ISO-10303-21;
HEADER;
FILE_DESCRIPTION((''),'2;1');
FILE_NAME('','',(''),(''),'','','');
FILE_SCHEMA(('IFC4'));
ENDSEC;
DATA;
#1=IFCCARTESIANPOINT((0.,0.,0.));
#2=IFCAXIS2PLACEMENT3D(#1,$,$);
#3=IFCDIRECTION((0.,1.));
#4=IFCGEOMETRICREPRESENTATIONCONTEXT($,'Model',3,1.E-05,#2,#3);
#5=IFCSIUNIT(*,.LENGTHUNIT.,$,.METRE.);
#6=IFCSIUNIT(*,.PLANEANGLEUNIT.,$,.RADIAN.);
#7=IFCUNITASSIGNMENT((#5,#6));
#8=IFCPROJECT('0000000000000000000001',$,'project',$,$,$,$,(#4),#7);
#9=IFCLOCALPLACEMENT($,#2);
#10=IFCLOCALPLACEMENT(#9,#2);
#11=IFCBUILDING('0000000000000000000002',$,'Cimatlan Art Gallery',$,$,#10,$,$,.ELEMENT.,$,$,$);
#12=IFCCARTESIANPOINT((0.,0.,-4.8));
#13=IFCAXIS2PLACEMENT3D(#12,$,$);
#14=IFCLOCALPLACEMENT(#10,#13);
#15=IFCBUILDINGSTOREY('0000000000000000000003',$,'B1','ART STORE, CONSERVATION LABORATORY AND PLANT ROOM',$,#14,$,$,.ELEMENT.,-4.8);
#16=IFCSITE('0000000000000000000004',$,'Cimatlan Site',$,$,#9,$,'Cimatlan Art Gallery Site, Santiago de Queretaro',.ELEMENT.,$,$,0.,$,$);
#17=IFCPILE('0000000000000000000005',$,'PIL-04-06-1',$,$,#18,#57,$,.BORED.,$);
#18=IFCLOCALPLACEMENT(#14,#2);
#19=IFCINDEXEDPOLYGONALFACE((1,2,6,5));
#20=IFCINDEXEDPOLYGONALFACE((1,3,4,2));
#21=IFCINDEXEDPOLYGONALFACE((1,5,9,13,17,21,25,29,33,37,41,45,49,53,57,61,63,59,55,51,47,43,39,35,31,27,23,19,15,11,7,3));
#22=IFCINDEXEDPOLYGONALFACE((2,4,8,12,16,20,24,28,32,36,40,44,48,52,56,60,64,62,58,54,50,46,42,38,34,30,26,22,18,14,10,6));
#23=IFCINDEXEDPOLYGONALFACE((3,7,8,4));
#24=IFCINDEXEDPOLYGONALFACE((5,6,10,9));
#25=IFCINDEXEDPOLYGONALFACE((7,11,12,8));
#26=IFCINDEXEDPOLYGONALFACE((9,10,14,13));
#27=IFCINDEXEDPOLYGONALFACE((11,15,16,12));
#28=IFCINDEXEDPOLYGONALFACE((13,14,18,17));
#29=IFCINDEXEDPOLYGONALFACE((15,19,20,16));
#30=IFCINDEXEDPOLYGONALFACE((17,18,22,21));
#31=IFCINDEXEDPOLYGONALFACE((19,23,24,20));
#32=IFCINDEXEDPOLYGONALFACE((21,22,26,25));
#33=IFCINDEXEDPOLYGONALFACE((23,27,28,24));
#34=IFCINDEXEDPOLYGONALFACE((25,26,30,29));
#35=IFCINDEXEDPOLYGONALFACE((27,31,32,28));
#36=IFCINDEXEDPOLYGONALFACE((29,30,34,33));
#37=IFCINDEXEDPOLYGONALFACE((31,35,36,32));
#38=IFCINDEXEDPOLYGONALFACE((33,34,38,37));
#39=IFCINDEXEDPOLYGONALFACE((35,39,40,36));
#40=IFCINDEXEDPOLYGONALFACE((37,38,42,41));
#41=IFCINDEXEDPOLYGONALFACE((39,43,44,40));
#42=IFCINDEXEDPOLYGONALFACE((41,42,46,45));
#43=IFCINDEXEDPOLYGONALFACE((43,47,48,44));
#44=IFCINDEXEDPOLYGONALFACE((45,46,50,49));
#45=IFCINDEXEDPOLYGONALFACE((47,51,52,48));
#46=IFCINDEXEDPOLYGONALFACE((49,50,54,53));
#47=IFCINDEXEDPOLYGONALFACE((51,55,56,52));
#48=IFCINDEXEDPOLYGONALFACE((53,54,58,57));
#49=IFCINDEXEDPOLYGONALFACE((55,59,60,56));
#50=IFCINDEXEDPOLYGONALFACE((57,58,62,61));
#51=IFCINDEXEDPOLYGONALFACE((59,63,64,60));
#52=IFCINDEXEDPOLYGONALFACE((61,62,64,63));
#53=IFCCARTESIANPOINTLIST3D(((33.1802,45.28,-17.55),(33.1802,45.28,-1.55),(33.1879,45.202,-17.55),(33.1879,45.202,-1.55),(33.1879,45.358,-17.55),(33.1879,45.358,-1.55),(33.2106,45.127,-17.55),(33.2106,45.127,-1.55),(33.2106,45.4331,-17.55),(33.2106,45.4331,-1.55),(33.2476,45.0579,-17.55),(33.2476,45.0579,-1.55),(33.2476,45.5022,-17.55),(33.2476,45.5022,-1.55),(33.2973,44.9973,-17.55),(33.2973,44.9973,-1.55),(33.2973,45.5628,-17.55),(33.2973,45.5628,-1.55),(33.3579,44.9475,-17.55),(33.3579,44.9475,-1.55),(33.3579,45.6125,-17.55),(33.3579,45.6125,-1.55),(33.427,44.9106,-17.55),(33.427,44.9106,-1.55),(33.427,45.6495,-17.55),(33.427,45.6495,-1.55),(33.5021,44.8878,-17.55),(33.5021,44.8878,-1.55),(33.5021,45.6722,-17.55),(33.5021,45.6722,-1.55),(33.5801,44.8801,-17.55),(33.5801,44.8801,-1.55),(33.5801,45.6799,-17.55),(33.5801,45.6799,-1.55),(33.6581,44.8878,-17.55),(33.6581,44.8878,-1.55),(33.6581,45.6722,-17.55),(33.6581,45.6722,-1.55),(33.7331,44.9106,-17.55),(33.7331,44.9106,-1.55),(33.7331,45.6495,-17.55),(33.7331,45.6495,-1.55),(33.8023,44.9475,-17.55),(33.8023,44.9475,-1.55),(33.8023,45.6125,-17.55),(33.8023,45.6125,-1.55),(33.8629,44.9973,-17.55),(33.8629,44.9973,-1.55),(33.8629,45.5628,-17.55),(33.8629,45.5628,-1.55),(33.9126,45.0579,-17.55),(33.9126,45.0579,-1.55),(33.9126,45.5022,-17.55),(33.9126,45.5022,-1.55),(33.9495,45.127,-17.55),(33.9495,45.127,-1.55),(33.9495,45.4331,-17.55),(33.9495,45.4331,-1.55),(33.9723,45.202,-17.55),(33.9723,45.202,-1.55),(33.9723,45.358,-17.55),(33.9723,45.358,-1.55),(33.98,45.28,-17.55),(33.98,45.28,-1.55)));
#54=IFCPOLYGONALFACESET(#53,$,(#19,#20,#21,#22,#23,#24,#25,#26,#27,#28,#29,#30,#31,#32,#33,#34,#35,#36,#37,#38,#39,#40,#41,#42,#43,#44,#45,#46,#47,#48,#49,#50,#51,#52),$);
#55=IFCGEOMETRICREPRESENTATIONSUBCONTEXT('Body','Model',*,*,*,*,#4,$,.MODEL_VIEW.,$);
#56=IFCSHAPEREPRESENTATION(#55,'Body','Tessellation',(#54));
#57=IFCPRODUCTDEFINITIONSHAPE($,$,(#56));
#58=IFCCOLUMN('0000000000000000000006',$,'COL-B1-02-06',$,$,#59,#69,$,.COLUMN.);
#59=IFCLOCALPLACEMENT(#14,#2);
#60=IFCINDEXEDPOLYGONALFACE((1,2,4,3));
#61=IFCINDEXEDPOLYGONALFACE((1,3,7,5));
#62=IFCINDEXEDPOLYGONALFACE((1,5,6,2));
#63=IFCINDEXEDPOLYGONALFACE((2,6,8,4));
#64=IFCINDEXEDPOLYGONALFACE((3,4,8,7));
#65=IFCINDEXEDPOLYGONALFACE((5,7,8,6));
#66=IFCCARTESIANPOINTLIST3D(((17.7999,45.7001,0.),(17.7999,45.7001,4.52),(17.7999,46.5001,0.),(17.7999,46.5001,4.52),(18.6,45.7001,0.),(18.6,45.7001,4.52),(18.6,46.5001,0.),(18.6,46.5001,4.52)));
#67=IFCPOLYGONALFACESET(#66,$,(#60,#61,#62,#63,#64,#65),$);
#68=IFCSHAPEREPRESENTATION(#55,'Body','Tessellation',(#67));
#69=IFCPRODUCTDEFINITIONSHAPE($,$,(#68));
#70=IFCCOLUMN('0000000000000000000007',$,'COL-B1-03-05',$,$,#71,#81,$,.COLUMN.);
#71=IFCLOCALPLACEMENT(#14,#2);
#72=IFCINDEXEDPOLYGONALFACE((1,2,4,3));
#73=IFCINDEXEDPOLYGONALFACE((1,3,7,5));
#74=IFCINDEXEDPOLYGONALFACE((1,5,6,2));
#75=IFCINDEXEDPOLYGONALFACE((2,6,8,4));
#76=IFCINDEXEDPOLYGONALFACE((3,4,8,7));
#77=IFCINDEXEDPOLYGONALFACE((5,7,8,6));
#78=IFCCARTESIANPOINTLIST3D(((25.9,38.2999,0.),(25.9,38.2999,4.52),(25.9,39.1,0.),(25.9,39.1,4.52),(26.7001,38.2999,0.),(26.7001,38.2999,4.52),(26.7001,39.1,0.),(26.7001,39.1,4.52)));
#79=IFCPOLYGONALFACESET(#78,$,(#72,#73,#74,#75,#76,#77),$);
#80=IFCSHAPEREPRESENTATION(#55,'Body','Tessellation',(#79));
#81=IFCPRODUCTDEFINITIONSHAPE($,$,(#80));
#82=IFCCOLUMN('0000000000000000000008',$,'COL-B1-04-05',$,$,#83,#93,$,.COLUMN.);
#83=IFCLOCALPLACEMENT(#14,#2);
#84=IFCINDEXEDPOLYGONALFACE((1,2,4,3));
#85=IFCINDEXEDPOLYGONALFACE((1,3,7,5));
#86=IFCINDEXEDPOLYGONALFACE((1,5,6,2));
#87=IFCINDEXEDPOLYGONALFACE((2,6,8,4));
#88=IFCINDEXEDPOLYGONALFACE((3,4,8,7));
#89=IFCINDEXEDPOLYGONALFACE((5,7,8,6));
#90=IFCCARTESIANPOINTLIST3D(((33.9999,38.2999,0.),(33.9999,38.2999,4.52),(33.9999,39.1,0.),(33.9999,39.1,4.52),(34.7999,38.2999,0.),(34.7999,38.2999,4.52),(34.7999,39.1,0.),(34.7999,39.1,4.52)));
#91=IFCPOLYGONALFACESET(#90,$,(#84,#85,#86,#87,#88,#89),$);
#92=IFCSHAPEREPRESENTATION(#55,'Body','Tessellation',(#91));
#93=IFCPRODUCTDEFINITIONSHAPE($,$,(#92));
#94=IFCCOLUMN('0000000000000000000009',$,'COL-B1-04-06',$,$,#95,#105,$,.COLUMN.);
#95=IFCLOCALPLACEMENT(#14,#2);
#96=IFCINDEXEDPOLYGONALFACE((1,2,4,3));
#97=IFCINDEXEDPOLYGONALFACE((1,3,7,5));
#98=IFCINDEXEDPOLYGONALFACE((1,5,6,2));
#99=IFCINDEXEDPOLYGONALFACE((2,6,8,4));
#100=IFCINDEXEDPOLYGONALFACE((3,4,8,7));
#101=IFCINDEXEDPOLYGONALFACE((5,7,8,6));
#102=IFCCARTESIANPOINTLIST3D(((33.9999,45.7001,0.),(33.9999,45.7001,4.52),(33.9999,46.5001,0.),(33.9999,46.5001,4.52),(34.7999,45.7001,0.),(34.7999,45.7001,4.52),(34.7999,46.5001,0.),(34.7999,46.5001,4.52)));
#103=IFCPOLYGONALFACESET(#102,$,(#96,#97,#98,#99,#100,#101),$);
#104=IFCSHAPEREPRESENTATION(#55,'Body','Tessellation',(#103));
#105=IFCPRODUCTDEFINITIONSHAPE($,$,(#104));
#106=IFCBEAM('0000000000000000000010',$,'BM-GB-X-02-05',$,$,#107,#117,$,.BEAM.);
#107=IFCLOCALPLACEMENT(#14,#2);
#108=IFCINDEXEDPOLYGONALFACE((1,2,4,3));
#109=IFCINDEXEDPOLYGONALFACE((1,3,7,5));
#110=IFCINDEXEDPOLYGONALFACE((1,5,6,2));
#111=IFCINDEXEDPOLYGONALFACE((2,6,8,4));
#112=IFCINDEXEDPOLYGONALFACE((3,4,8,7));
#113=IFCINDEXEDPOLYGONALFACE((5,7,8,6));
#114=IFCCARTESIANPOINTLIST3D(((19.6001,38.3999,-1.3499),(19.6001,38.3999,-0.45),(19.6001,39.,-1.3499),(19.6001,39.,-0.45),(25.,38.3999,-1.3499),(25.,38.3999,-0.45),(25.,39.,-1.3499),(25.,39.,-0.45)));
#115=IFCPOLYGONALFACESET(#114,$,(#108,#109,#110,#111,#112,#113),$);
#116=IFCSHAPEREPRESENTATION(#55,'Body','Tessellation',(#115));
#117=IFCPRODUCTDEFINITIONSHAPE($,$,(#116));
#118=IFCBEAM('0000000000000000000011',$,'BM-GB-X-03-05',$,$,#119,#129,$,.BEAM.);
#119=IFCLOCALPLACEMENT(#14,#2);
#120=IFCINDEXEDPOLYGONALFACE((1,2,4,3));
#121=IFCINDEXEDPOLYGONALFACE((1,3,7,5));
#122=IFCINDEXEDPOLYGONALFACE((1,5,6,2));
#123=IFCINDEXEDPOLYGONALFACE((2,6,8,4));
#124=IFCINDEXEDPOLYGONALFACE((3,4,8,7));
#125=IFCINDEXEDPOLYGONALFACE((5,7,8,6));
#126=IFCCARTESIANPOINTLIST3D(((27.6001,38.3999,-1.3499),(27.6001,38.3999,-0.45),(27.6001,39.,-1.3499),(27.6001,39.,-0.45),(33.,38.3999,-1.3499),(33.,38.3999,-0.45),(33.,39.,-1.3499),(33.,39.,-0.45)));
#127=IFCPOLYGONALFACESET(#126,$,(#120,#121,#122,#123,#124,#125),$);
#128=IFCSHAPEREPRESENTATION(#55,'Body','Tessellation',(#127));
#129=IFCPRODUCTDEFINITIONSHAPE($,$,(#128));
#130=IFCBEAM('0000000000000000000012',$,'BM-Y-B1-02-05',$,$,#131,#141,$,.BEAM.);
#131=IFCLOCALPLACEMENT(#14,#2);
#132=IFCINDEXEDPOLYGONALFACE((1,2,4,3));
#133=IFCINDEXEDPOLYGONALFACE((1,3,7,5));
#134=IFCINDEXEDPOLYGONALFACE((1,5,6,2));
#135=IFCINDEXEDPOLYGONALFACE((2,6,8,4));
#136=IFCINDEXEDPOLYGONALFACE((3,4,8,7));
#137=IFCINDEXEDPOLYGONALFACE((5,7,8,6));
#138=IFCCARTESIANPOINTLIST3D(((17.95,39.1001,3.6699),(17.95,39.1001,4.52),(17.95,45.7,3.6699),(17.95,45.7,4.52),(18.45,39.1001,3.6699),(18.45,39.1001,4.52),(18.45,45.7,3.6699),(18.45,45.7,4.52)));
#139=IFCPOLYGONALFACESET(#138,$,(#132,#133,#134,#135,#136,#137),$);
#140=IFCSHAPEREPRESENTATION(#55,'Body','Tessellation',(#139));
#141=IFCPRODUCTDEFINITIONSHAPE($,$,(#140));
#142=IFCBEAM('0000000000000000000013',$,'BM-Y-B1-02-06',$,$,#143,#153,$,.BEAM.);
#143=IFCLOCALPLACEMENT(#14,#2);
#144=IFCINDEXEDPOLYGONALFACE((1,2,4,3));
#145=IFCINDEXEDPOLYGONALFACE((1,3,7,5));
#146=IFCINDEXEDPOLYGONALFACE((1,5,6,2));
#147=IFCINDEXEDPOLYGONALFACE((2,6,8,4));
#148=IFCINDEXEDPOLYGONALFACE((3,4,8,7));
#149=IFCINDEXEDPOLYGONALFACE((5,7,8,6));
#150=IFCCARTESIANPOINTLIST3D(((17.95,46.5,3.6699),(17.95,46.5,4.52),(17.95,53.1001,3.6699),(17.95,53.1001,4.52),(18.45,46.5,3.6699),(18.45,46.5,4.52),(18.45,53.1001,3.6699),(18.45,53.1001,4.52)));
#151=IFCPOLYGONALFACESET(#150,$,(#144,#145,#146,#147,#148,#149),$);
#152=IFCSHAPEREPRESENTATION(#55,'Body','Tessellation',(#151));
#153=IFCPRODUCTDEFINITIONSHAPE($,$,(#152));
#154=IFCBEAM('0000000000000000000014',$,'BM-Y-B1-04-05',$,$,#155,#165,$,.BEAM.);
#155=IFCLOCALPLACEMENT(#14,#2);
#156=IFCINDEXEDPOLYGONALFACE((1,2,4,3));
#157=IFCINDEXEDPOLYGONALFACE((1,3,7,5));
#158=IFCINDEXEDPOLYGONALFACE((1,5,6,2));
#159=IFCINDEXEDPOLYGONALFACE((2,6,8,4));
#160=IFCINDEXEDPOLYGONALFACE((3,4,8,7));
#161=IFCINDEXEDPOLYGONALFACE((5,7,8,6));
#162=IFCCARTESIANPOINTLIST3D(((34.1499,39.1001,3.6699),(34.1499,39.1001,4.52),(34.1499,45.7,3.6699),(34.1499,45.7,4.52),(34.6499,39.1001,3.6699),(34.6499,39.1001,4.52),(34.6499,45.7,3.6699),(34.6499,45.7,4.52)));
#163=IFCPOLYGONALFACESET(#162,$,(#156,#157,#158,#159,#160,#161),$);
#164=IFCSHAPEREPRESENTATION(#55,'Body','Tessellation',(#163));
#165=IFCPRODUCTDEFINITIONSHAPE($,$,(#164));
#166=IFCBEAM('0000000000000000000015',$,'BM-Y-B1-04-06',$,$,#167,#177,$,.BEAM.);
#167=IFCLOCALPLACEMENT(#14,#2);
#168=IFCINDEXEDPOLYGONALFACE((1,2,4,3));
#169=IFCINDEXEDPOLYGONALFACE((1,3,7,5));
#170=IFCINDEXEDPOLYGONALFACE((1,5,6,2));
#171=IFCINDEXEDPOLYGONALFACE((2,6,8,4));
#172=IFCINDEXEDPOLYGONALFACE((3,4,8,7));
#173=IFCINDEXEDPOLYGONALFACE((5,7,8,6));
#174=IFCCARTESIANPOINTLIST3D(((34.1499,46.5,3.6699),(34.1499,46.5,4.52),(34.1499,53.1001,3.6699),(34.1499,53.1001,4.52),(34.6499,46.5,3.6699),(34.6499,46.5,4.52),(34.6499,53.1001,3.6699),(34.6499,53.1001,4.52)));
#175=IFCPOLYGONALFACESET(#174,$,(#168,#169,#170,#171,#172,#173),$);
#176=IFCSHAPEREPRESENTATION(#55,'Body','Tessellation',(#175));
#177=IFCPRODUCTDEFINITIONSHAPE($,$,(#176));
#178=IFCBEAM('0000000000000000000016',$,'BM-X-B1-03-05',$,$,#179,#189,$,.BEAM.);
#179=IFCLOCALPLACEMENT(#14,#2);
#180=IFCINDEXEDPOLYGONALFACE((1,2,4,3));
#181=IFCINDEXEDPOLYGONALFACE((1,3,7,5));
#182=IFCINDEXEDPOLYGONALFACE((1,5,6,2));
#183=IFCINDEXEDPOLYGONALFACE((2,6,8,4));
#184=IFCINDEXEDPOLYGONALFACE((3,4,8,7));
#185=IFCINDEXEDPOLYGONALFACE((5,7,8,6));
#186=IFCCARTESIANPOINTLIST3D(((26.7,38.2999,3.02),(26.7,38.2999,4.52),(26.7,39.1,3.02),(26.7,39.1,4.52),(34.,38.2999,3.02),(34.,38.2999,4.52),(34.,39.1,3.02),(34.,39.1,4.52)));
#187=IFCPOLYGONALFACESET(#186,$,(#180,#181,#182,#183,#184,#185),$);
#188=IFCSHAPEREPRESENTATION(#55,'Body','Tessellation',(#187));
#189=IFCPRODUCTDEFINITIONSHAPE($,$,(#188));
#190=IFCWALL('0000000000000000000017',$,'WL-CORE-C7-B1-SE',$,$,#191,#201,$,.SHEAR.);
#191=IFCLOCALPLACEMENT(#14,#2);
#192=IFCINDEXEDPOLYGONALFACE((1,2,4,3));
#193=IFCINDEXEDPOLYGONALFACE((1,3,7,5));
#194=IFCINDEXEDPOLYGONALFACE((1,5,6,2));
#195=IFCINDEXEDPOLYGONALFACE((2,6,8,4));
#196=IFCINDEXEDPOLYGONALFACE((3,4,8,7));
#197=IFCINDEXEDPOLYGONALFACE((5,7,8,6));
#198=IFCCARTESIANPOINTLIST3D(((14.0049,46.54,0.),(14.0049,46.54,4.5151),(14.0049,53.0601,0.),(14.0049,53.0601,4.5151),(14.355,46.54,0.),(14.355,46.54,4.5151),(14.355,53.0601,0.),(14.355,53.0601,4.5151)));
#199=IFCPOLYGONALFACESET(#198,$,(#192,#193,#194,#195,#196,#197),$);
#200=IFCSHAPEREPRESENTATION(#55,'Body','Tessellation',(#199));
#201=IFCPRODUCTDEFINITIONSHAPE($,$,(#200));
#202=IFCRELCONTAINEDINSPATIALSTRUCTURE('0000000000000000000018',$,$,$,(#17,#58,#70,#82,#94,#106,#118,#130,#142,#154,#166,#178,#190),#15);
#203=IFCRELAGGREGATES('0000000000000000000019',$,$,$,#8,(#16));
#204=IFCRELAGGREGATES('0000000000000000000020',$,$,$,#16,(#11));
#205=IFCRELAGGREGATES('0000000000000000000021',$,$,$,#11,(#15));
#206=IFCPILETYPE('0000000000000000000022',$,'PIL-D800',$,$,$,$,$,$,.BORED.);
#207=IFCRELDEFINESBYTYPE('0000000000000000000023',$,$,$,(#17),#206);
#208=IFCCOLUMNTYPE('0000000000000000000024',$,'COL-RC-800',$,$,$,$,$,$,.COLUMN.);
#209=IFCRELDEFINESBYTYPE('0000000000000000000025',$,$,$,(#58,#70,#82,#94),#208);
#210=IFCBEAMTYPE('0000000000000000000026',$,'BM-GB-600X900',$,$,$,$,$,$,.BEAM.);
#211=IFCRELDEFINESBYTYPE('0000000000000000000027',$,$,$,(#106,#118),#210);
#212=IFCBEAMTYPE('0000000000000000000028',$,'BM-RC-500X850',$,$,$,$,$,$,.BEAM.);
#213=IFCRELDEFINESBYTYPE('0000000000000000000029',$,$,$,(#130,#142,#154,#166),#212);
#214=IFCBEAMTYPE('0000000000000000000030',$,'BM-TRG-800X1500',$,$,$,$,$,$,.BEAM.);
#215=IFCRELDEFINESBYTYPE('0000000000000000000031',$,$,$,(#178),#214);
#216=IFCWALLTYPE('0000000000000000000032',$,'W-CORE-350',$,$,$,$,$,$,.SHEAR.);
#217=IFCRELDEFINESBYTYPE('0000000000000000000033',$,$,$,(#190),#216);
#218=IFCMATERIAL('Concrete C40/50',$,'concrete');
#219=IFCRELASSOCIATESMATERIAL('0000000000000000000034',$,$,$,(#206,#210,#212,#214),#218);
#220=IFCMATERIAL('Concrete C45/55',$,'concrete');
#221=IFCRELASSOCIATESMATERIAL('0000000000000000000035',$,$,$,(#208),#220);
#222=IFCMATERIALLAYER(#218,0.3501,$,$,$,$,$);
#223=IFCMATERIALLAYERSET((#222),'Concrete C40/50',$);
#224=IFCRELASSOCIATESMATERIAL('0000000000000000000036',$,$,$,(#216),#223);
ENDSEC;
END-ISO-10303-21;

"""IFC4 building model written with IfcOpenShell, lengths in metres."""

from ifc_helpers import new_model, si_unit, direction, frame, frame_2d, origin, origin_2d, place, context, subcontext, project, spatial, rectangle, circle, extrude, material, layer, layer_set, material_profile, profile_set, type_object, element, save


model = new_model("IFC4")

# Units and contexts
model_context = context("Model", 3, precision=1e-05, world=origin(), true_north=direction((0.0, 1.0)))
body_context = subcontext(model_context, "Body", "Model", "MODEL_VIEW")
ifc_project = project(units=[si_unit("LENGTHUNIT", "METRE"), si_unit("PLANEANGLEUNIT", "RADIAN")], contexts=[model_context])

# Site, building, storey
site_placement = place(None, origin())
site = spatial("IfcSite", under=ifc_project, at=site_placement, Name="Cimatlan Site", LongName="Cimatlan Art Gallery Site, Santiago de Queretaro", CompositionType="ELEMENT", RefElevation=0.0)
building_placement = place(site_placement, origin())
building = spatial("IfcBuilding", under=site, at=building_placement, Name="Cimatlan Art Gallery", CompositionType="ELEMENT")
storey_placement = place(building_placement, frame((0.0, 0.0, -4.8)))
storey = spatial("IfcBuildingStorey", under=building, at=storey_placement, Name="B1", Description="ART STORE, CONSERVATION LABORATORY AND PLANT ROOM", CompositionType="ELEMENT", Elevation=-4.8)

# Shared definitions
ifc_material_1 = material(Name="Concrete C40/50", Category="concrete")

# Pile
pile_type_1 = type_object("IfcPileType", Name="PIL-D800", PredefinedType="BORED", material=ifc_material_1)
for number, where, z_axis, x_axis, name in (
    (1, (33.5801, 45.28, -1.55), (0.0, 0.0, -1.0), (1.0, 0.0, 0.0), "PIL-04-06-1"),
):
    element("IfcPile", number, at=place(storey_placement, frame(where, z_axis=z_axis, x_axis=x_axis)), inside=storey, type_object=pile_type_1, Name=name, PredefinedType="BORED", context=body_context, shape_type="SweptSolid", body=[
        extrude(circle(Radius=0.3999, at=origin_2d()), origin(), (0.0, 0.0, 1.0), 16.0),
    ])

# Columns
ifc_material_2 = material(Name="Concrete C45/55", Category="concrete")
ifc_material_profile_1 = material_profile(ifc_material_2, rectangle(XDim=0.8, YDim=0.8, at=origin_2d()), Name="RC800X800")
ifc_profile_set_1 = profile_set([ifc_material_profile_1], Name="Concrete C45/55")
column_type = type_object("IfcColumnType", Name="COL-RC-800", PredefinedType="COLUMN", material=ifc_profile_set_1)
for number, where, z_axis, x_axis, name in (
    (2, (18.2, 46.1001, 0.0), (0.0, 0.0, 1.0), (1.0, 0.0, 0.0), "COL-B1-02-06"),
    (3, (26.3, 38.7, 0.0), (0.0, 0.0, 1.0), (1.0, 0.0, 0.0), "COL-B1-03-05"),
    (4, (34.3999, 38.7, 0.0), (0.0, 0.0, 1.0), (1.0, 0.0, 0.0), "COL-B1-04-05"),
    (5, (34.3999, 46.1001, 0.0), (0.0, 0.0, 1.0), (1.0, 0.0, 0.0), "COL-B1-04-06"),
):
    element("IfcColumn", number, at=place(storey_placement, frame(where, z_axis=z_axis, x_axis=x_axis)), inside=storey, type_object=column_type, Name=name, PredefinedType="COLUMN", context=body_context, shape_type="SweptSolid", body=[
        extrude(rectangle(XDim=0.8, YDim=0.8, at=origin_2d()), origin(), (0.0, 0.0, 1.0), 4.52),
    ])

# Beams
ifc_material_profile_2 = material_profile(ifc_material_1, rectangle(XDim=0.6001, YDim=0.8999, at=origin_2d()), Name="RC600X900")
ifc_profile_set_2 = profile_set([ifc_material_profile_2], Name="Concrete C40/50")
beam_type_1 = type_object("IfcBeamType", Name="BM-GB-600X900", PredefinedType="BEAM", material=ifc_profile_set_2)
for number, where, z_axis, x_axis, name in (
    (6, (19.6001, 38.7, -0.8999), (1.0, 0.0, 0.0), (0.0, 1.0, 0.0), "BM-GB-X-02-05"),
    (7, (27.6001, 38.7, -0.8999), (1.0, 0.0, 0.0), (0.0, 1.0, 0.0), "BM-GB-X-03-05"),
):
    element("IfcBeam", number, at=place(storey_placement, frame(where, z_axis=z_axis, x_axis=x_axis)), inside=storey, type_object=beam_type_1, Name=name, PredefinedType="BEAM", context=body_context, shape_type="SweptSolid", body=[
        extrude(rectangle(XDim=0.6001, YDim=0.8999, at=origin_2d()), origin(), (0.0, 0.0, 1.0), 5.3999),
    ])
ifc_material_profile_3 = material_profile(ifc_material_1, rectangle(XDim=0.5, YDim=0.8501, at=origin_2d()), Name="RC500X850")
ifc_profile_set_3 = profile_set([ifc_material_profile_3], Name="Concrete C40/50")
beam_type_2 = type_object("IfcBeamType", Name="BM-RC-500X850", PredefinedType="BEAM", material=ifc_profile_set_3)
beam_1_placement = place(storey_placement, frame((18.2, 39.1001, 4.095), z_axis=(0.0, 1.0, 0.0), x_axis=(-1.0, 0.0, 0.0)))
element("IfcBeam", 8, at=beam_1_placement, inside=storey, type_object=beam_type_2, Name="BM-Y-B1-02-05", PredefinedType="BEAM", context=body_context, shape_type="SweptSolid", body=[
    extrude(rectangle(XDim=0.5, YDim=0.8501, at=origin_2d()), origin(), (0.0, 0.0, 1.0), 6.5999),
])
beam_2_placement = place(storey_placement, frame((18.2, 46.5, 4.095), z_axis=(0.0, 1.0, 0.0), x_axis=(-1.0, 0.0, 0.0)))
element("IfcBeam", 9, at=beam_2_placement, inside=storey, type_object=beam_type_2, Name="BM-Y-B1-02-06", PredefinedType="BEAM", context=body_context, shape_type="SweptSolid", body=[
    extrude(rectangle(XDim=0.5, YDim=0.8501, at=origin_2d()), origin(), (0.0, 0.0, 1.0), 6.6001),
])
beam_3_placement = place(storey_placement, frame((34.3999, 39.1001, 4.095), z_axis=(0.0, 1.0, 0.0), x_axis=(-1.0, 0.0, 0.0)))
element("IfcBeam", 10, at=beam_3_placement, inside=storey, type_object=beam_type_2, Name="BM-Y-B1-04-05", PredefinedType="BEAM", context=body_context, shape_type="SweptSolid", body=[
    extrude(rectangle(XDim=0.5, YDim=0.8501, at=origin_2d()), origin(), (0.0, 0.0, 1.0), 6.5999),
])
beam_4_placement = place(storey_placement, frame((34.3999, 46.5, 4.095), z_axis=(0.0, 1.0, 0.0), x_axis=(-1.0, 0.0, 0.0)))
element("IfcBeam", 11, at=beam_4_placement, inside=storey, type_object=beam_type_2, Name="BM-Y-B1-04-06", PredefinedType="BEAM", context=body_context, shape_type="SweptSolid", body=[
    extrude(rectangle(XDim=0.5, YDim=0.8501, at=origin_2d()), origin(), (0.0, 0.0, 1.0), 6.6001),
])
ifc_material_profile_4 = material_profile(ifc_material_1, rectangle(XDim=0.8, YDim=1.5, at=origin_2d()), Name="RC800X1500")
ifc_profile_set_4 = profile_set([ifc_material_profile_4], Name="Concrete C40/50")
beam_type_3 = type_object("IfcBeamType", Name="BM-TRG-800X1500", PredefinedType="BEAM", material=ifc_profile_set_4)
beam_5_placement = place(storey_placement, frame((26.7, 38.7, 3.77), z_axis=(1.0, 0.0, 0.0), x_axis=(0.0, 1.0, 0.0)))
element("IfcBeam", 12, at=beam_5_placement, inside=storey, type_object=beam_type_3, Name="BM-X-B1-03-05", PredefinedType="BEAM", context=body_context, shape_type="SweptSolid", body=[
    extrude(rectangle(XDim=0.8, YDim=1.5, at=origin_2d()), origin(), (0.0, 0.0, 1.0), 7.3),
])

# Wall
ifc_layer_1 = layer(ifc_material_1, 0.3501)
ifc_layer_set_1 = layer_set([ifc_layer_1], Name="Concrete C40/50")
wall_type_1 = type_object("IfcWallType", Name="W-CORE-350", PredefinedType="SHEAR", material=ifc_layer_set_1)
wall_1_placement = place(storey_placement, frame((14.1799, 46.54, 0.0), z_axis=(0.0, 0.0, 1.0), x_axis=(0.0, 1.0, 0.0)))
element("IfcWall", 13, at=wall_1_placement, inside=storey, type_object=wall_type_1, Name="WL-CORE-C7-B1-SE", PredefinedType="SHEAR", context=body_context, shape_type="SweptSolid", body=[
    extrude(rectangle(XDim=6.52, YDim=0.3501, at=frame_2d((3.26, 0.0))), origin(), (0.0, 0.0, 1.0), 4.5151),
])

save(model, "model.ifc")
